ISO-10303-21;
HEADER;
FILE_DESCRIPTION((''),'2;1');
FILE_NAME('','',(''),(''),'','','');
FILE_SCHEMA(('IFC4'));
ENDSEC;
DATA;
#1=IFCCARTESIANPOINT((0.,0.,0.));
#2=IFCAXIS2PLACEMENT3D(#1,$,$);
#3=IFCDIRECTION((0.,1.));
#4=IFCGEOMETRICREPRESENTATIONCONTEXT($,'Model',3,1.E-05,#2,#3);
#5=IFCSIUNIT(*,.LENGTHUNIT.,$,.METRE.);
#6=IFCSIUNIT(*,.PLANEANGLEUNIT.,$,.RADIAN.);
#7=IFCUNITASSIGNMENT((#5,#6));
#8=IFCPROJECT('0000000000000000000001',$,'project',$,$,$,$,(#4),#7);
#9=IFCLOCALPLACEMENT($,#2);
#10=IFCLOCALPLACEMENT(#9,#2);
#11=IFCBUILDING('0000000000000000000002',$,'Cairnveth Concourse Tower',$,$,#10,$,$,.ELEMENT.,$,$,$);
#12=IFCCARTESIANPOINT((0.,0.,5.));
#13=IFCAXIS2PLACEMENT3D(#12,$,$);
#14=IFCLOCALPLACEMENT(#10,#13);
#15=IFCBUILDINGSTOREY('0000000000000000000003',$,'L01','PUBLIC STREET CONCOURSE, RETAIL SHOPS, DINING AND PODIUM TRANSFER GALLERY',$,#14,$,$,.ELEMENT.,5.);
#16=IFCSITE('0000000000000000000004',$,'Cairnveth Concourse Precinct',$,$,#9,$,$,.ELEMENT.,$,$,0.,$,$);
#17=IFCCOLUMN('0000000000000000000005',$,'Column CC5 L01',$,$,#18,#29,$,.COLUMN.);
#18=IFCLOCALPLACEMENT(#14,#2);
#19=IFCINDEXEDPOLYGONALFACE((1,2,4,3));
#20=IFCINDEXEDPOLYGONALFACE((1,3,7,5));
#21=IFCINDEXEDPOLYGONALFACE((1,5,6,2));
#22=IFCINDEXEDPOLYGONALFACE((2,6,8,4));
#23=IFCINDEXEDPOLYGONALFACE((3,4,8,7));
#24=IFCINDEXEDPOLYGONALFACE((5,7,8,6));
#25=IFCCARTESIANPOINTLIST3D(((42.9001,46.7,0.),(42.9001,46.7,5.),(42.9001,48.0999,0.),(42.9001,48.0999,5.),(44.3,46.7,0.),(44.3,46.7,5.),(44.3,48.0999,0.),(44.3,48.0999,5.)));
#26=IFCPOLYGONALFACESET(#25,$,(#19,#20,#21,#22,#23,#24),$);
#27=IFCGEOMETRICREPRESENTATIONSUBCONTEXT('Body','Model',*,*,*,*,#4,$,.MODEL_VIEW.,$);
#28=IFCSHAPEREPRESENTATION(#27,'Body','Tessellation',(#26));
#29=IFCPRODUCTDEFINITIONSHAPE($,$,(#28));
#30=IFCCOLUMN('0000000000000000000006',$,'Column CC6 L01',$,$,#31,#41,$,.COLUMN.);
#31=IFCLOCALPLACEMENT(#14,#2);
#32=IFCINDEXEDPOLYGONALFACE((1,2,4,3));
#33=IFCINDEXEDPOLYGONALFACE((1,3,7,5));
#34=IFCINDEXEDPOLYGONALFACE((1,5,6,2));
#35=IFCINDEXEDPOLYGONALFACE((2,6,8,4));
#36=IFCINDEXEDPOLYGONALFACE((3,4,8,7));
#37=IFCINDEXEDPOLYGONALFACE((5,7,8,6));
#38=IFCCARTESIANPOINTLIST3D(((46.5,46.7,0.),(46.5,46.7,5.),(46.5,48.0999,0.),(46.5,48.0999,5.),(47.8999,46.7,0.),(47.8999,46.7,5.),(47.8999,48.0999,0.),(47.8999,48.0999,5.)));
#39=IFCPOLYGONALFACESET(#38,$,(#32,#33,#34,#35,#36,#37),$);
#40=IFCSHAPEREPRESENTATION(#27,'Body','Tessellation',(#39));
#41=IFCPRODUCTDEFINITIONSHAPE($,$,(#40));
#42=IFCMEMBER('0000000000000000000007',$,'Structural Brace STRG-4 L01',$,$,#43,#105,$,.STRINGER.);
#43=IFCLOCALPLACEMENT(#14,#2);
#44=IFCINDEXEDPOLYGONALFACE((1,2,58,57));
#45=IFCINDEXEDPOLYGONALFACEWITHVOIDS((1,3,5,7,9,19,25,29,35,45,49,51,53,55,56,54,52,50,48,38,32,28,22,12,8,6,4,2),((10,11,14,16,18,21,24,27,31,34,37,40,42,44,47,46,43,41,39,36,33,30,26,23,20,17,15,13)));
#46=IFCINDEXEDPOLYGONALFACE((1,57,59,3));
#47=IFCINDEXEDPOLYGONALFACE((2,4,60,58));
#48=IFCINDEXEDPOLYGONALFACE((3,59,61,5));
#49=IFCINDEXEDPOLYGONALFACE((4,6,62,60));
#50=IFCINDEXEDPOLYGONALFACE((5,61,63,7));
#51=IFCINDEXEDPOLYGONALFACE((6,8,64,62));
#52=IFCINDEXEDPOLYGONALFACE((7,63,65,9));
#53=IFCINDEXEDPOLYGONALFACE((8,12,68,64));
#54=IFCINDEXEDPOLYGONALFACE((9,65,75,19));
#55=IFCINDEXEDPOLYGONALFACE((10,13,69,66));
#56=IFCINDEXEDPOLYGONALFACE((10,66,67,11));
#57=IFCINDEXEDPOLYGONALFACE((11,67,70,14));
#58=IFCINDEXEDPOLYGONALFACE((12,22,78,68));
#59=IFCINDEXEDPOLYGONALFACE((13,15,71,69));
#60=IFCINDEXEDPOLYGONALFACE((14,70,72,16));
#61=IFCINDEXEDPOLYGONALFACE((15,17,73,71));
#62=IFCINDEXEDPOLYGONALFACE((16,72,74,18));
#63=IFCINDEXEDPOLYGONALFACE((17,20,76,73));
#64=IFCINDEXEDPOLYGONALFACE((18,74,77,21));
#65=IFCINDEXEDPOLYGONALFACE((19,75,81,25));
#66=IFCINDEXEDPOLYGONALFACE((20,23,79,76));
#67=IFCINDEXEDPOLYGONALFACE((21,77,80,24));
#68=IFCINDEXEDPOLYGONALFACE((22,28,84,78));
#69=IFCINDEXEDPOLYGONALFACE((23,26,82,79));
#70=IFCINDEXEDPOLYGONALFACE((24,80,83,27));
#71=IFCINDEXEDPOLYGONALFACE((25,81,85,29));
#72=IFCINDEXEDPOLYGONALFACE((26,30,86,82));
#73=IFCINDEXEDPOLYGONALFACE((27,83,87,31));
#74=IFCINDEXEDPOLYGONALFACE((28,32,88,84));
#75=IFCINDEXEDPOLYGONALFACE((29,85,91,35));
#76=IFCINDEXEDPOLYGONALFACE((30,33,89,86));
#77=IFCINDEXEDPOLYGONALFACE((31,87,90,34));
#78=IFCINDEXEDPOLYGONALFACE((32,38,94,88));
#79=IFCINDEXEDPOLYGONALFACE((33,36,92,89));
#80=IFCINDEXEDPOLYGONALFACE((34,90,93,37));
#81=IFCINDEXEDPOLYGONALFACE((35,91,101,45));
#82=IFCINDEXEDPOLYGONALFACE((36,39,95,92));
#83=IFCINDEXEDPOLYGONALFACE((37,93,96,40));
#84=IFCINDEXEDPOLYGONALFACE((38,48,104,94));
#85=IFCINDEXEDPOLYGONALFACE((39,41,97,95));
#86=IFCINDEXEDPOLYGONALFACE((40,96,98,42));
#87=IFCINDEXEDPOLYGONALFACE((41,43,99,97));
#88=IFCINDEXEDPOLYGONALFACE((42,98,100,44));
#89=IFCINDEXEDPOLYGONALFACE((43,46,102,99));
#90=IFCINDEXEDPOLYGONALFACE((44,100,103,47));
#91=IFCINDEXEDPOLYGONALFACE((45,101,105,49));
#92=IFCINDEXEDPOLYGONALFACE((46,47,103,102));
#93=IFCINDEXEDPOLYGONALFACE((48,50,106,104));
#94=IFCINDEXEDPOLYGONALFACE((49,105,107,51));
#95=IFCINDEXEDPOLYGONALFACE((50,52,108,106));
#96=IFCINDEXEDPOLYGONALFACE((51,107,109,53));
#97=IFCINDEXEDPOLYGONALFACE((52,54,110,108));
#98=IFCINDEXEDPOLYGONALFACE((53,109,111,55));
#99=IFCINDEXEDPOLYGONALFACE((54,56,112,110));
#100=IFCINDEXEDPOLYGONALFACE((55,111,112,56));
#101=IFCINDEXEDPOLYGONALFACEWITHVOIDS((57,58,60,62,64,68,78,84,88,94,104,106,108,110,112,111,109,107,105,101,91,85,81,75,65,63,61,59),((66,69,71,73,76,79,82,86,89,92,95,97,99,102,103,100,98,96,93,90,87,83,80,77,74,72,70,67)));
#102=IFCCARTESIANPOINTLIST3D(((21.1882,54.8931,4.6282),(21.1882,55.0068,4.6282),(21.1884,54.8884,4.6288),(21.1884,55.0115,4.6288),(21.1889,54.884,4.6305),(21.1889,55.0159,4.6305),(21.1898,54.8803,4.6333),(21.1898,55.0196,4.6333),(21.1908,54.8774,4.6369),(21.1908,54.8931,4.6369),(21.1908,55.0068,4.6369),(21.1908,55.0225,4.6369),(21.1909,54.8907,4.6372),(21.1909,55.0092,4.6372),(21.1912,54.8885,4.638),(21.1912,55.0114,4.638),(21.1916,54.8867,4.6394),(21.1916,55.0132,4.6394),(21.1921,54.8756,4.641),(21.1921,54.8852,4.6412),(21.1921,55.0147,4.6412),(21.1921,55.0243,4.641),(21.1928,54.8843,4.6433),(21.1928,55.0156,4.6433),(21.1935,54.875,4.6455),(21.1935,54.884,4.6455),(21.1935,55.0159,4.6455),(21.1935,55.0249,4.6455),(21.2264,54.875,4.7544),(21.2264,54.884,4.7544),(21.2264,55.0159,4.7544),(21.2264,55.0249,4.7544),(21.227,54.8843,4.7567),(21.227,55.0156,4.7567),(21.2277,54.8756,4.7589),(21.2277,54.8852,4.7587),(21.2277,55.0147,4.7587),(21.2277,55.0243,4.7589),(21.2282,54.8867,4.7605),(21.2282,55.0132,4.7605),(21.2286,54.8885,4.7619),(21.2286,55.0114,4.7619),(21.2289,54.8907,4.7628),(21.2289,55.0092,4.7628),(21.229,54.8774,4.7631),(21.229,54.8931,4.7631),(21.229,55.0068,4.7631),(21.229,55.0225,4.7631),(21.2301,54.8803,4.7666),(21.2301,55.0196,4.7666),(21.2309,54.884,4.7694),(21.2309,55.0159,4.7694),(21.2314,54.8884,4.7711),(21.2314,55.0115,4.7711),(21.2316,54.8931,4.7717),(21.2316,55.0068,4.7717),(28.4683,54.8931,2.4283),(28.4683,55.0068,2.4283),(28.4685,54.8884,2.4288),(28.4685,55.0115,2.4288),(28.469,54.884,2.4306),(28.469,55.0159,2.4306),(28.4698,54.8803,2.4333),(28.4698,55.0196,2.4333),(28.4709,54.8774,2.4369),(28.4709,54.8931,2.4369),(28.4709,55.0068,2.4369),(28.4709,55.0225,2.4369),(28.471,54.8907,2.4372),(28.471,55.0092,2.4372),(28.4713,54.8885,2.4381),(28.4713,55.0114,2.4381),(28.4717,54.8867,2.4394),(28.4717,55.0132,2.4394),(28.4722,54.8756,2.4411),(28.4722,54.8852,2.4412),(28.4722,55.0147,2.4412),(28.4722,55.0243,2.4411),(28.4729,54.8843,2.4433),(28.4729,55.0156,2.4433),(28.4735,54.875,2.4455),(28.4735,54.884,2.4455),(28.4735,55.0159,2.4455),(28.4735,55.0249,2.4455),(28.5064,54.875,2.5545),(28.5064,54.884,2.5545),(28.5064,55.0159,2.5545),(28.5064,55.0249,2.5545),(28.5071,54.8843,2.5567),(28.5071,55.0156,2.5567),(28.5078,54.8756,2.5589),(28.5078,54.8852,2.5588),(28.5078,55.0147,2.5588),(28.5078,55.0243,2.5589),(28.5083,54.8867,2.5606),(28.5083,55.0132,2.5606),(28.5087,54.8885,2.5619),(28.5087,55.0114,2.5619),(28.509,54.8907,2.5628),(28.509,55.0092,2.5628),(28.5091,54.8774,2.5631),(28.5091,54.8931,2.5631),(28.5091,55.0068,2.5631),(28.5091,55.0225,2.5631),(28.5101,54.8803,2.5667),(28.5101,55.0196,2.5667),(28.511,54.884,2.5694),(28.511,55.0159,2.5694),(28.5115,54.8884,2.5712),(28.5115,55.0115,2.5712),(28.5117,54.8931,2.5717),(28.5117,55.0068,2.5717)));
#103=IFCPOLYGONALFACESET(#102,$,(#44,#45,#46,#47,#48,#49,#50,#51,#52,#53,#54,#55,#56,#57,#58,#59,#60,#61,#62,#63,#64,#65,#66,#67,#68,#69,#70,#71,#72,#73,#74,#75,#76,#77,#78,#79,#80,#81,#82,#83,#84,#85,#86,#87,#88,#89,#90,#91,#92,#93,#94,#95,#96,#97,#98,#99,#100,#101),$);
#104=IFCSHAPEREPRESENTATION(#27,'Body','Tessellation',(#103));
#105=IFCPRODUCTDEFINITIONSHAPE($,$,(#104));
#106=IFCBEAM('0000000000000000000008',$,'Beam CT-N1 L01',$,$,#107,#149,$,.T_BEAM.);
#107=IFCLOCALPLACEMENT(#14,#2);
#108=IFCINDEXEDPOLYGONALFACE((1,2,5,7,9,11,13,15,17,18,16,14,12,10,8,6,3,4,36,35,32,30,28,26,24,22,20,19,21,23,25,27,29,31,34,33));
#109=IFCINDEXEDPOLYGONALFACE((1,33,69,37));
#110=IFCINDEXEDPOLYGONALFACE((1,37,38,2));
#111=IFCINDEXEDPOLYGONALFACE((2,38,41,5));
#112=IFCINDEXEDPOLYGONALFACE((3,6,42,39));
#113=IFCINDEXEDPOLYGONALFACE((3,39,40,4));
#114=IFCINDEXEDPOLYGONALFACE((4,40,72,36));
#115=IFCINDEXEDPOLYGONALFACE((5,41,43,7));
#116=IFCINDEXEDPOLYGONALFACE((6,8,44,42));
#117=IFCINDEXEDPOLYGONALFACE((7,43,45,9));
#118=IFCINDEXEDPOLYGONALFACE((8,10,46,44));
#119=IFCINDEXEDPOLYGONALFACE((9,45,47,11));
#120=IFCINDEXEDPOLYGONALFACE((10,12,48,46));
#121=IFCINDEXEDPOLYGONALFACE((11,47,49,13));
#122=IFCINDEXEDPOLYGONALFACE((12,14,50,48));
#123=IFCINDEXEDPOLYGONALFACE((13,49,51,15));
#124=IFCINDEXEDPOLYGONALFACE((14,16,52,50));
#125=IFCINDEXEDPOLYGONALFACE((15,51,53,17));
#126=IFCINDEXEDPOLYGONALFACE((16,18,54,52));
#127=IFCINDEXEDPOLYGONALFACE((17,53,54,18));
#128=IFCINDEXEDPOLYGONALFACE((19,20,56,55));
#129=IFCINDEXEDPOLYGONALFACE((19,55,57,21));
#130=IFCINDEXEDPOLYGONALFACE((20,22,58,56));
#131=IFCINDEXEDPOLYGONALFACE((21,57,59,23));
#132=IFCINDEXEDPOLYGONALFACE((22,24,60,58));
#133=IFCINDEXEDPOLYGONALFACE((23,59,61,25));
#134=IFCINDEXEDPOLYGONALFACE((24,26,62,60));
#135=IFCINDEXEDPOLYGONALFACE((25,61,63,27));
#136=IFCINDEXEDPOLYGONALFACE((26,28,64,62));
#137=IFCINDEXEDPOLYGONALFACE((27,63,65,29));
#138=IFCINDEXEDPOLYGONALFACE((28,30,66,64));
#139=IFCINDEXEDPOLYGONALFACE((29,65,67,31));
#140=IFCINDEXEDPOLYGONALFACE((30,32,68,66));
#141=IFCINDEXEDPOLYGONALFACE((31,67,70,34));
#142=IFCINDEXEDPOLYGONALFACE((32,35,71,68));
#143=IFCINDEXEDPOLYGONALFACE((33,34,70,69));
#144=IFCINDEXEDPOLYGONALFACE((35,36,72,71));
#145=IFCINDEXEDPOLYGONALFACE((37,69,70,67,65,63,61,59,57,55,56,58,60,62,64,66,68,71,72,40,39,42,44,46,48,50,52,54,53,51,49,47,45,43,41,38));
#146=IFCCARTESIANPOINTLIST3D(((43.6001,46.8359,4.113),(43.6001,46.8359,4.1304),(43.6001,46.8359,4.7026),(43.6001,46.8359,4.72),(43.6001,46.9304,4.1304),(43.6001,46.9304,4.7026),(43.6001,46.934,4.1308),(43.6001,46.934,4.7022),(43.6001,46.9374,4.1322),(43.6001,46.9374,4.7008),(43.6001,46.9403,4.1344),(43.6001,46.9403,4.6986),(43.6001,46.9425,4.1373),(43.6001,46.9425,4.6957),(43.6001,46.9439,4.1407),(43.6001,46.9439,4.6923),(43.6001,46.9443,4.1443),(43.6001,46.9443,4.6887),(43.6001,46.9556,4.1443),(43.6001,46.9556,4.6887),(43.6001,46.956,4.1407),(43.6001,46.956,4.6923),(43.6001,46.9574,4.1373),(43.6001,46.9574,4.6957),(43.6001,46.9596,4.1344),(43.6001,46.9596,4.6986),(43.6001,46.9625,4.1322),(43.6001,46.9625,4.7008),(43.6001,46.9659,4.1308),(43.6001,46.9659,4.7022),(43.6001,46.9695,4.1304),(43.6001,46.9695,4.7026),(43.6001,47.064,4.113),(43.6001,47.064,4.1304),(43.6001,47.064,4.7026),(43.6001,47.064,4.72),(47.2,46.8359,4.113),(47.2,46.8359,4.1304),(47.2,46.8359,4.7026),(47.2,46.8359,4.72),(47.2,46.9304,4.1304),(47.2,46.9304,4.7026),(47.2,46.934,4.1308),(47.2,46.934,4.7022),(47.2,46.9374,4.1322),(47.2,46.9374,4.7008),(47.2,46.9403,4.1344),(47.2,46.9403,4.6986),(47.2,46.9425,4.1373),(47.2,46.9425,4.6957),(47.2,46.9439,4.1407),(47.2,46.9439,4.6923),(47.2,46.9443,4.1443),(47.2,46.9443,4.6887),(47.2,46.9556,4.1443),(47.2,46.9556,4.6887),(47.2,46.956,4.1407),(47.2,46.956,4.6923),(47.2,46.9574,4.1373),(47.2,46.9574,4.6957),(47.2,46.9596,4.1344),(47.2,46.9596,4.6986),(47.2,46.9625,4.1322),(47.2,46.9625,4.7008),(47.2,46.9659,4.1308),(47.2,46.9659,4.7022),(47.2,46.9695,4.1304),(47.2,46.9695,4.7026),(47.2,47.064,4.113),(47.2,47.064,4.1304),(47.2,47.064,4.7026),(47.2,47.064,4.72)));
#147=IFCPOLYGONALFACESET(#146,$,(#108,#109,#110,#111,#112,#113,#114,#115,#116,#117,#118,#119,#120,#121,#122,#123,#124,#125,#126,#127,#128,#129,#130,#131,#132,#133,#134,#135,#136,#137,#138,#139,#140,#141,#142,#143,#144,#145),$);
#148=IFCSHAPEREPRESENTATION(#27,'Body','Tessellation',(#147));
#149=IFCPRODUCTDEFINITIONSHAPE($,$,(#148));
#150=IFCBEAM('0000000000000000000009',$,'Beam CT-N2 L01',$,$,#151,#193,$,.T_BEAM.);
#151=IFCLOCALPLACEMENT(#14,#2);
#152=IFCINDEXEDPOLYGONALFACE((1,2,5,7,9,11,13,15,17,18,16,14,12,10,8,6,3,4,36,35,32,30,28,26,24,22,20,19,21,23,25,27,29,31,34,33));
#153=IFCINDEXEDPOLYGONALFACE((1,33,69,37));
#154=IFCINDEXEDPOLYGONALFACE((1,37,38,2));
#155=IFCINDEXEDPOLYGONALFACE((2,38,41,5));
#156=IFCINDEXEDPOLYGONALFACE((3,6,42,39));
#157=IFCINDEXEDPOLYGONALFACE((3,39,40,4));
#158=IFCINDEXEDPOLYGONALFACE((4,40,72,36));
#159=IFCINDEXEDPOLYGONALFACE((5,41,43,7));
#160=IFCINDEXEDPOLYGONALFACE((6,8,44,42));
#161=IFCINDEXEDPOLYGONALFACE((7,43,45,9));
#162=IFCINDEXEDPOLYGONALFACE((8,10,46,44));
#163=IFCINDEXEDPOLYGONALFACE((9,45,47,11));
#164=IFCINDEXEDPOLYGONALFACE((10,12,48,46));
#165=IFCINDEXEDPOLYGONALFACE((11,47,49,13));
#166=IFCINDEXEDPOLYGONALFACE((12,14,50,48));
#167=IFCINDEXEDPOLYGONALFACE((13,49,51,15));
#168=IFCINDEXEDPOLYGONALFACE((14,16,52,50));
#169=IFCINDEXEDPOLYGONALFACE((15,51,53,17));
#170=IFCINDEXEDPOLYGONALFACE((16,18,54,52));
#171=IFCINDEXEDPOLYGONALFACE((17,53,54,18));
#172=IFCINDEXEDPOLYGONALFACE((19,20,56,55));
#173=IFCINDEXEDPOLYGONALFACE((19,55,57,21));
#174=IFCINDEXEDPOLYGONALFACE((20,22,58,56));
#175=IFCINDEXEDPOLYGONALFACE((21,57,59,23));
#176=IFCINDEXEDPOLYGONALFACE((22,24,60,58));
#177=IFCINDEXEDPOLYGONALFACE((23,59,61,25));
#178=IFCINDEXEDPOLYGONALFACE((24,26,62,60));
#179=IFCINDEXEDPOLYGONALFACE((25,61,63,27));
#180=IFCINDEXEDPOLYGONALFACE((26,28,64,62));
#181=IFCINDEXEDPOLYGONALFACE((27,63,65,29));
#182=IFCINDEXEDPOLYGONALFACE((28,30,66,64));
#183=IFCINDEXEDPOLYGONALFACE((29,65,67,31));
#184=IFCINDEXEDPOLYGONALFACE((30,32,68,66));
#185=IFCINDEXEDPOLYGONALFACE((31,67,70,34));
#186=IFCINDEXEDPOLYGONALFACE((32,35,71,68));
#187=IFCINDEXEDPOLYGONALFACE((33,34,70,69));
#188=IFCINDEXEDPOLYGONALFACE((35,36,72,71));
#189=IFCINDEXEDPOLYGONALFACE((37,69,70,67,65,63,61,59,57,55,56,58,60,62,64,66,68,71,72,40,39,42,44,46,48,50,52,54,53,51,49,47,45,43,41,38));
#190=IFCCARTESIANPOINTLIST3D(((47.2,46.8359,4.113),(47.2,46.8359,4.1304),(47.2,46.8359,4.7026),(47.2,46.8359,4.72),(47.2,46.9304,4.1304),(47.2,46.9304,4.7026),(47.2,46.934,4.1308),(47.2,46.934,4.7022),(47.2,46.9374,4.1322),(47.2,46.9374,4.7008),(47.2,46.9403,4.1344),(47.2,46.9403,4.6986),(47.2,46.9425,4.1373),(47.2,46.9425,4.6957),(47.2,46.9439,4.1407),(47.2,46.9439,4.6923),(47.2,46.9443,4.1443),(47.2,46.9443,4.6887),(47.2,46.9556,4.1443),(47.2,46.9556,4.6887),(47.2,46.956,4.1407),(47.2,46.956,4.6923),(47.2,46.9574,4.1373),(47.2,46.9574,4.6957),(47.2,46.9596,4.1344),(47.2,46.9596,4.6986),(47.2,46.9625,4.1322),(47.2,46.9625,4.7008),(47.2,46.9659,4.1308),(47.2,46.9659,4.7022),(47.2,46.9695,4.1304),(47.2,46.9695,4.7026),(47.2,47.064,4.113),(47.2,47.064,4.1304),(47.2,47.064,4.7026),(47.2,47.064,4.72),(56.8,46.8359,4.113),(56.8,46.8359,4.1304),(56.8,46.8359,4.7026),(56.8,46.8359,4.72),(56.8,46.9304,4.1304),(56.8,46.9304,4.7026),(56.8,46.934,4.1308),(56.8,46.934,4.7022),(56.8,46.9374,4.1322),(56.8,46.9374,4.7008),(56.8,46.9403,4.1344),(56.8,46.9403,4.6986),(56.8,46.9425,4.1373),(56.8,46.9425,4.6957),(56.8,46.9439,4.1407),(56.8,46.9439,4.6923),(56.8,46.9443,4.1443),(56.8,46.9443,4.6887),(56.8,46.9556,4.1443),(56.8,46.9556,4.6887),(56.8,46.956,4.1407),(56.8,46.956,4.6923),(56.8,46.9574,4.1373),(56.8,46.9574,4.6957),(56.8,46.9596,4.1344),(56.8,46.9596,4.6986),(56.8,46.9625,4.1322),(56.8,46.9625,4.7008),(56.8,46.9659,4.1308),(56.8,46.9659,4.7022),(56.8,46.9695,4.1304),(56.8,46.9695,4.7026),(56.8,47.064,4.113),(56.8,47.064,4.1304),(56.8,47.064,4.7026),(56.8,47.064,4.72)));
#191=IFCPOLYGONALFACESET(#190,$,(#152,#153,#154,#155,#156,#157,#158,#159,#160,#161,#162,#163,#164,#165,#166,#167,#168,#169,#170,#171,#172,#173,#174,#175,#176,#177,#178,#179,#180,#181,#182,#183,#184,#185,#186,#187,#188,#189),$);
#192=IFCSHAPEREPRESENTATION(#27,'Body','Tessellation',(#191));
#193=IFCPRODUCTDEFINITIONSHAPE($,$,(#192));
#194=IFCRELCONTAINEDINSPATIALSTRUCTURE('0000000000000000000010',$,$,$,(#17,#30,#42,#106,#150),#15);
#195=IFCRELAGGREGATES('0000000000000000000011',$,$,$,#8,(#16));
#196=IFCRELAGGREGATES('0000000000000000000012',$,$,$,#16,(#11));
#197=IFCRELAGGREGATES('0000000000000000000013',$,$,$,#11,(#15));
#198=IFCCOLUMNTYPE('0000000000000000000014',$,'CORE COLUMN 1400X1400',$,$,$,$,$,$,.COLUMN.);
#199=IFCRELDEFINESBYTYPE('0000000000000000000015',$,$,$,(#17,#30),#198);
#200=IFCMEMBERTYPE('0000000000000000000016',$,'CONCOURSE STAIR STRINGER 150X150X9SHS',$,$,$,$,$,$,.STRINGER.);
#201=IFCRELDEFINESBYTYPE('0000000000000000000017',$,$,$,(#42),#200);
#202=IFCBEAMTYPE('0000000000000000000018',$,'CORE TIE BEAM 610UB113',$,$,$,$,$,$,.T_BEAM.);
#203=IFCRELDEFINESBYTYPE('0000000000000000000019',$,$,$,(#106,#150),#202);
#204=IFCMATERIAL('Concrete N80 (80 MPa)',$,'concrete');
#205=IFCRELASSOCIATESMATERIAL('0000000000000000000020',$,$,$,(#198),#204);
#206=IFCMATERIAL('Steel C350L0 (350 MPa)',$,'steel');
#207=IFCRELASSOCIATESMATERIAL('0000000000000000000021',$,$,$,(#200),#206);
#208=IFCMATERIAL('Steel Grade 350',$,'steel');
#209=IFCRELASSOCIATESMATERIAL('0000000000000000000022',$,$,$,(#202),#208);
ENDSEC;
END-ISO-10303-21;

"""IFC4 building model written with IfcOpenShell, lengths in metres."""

from ifc_helpers import new_model, si_unit, direction, frame, origin, origin_2d, place, context, subcontext, project, spatial, rectangle, hollow_rectangle, i_section, extrude, material, material_profile, profile_set, type_object, element, save


model = new_model("IFC4")

# Units and contexts
model_context = context("Model", 3, precision=1e-05, world=origin(), true_north=direction((0.0, 1.0)))
body_context = subcontext(model_context, "Body", "Model", "MODEL_VIEW")
ifc_project = project(units=[si_unit("LENGTHUNIT", "METRE"), si_unit("PLANEANGLEUNIT", "RADIAN")], contexts=[model_context])

# Site, building, storey
site_placement = place(None, origin())
site = spatial("IfcSite", under=ifc_project, at=site_placement, Name="Cairnveth Concourse Precinct", CompositionType="ELEMENT", RefElevation=0.0)
building_placement = place(site_placement, origin())
building = spatial("IfcBuilding", under=site, at=building_placement, Name="Cairnveth Concourse Tower", CompositionType="ELEMENT")
storey_placement = place(building_placement, frame((0.0, 0.0, 5.0)))
storey = spatial("IfcBuildingStorey", under=building, at=storey_placement, Name="L01", Description="PUBLIC STREET CONCOURSE, RETAIL SHOPS, DINING AND PODIUM TRANSFER GALLERY", CompositionType="ELEMENT", Elevation=5.0)

# Columns
ifc_material_1 = material(Name="Concrete N80 (80 MPa)", Category="concrete")
ifc_material_profile_1 = material_profile(ifc_material_1, rectangle(XDim=1.3999, YDim=1.3999, at=origin_2d()), Name="RC-COL-1400x1400")
ifc_profile_set_1 = profile_set([ifc_material_profile_1], Name="Concrete N80 (80 MPa)")
column_type = type_object("IfcColumnType", Name="CORE COLUMN 1400X1400", PredefinedType="COLUMN", material=ifc_profile_set_1)
for number, where, z_axis, x_axis, name in (
    (1, (43.6001, 47.3999, 0.0), (0.0, 0.0, 1.0), (1.0, 0.0, 0.0), "Column CC5 L01"),
    (2, (47.2, 47.3999, 0.0), (0.0, 0.0, 1.0), (1.0, 0.0, 0.0), "Column CC6 L01"),
):
    element("IfcColumn", number, at=place(storey_placement, frame(where, z_axis=z_axis, x_axis=x_axis)), inside=storey, type_object=column_type, Name=name, PredefinedType="COLUMN", context=body_context, shape_type="SweptSolid", body=[
        extrude(rectangle(XDim=1.3999, YDim=1.3999, at=origin_2d()), origin(), (0.0, 0.0, 1.0), 5.0),
    ])

# Member
ifc_material_2 = material(Name="Steel C350L0 (350 MPa)", Category="steel")
ifc_material_profile_2 = material_profile(ifc_material_2, hollow_rectangle(XDim=0.1499, YDim=0.1499, WallThickness=0.009, InnerFilletRadius=0.009, OuterFilletRadius=0.0181, at=origin_2d()), Name="150x150x9.0SHS")
ifc_profile_set_2 = profile_set([ifc_material_profile_2], Name="Steel C350L0 (350 MPa)")
member_type = type_object("IfcMemberType", Name="CONCOURSE STAIR STRINGER 150X150X9SHS", PredefinedType="STRINGER", material=ifc_profile_set_2)
member_placement = place(storey_placement, frame((28.49, 54.95, 2.5), z_axis=(-0.957247, 0.0, 0.28927), x_axis=(0.0, -1.0, 0.0)))
element("IfcMember", 3, at=member_placement, inside=storey, type_object=member_type, Name="Structural Brace STRG-4 L01", PredefinedType="STRINGER", context=body_context, shape_type="SweptSolid", body=[
    extrude(hollow_rectangle(XDim=0.1499, YDim=0.1499, WallThickness=0.009, InnerFilletRadius=0.009, OuterFilletRadius=0.0181, at=origin_2d()), origin(), (0.0, 0.0, 1.0), 7.6052),
])

# Beams
ifc_material_3 = material(Name="Steel Grade 350", Category="steel")
ifc_material_profile_3 = material_profile(ifc_material_3, i_section(OverallWidth=0.228, OverallDepth=0.6069, WebThickness=0.0112, FlangeThickness=0.0173, FilletRadius=0.0139, at=origin_2d()), Name="610UB113")
ifc_profile_set_3 = profile_set([ifc_material_profile_3], Name="Steel Grade 350")
beam_type_1 = type_object("IfcBeamType", Name="CORE TIE BEAM 610UB113", PredefinedType="T_BEAM", material=ifc_profile_set_3)
beam_1_placement = place(storey_placement, frame((43.6001, 46.95, 4.4165), z_axis=(1.0, 0.0, 0.0), x_axis=(0.0, 1.0, 0.0)))
element("IfcBeam", 4, at=beam_1_placement, inside=storey, type_object=beam_type_1, Name="Beam CT-N1 L01", PredefinedType="T_BEAM", context=body_context, shape_type="SweptSolid", body=[
    extrude(i_section(OverallWidth=0.228, OverallDepth=0.6069, WebThickness=0.0112, FlangeThickness=0.0173, FilletRadius=0.0139, at=origin_2d()), origin(), (0.0, 0.0, 1.0), 3.5999),
])
beam_2_placement = place(storey_placement, frame((47.2, 46.95, 4.4165), z_axis=(1.0, 0.0, 0.0), x_axis=(0.0, 1.0, 0.0)))
element("IfcBeam", 5, at=beam_2_placement, inside=storey, type_object=beam_type_1, Name="Beam CT-N2 L01", PredefinedType="T_BEAM", context=body_context, shape_type="SweptSolid", body=[
    extrude(i_section(OverallWidth=0.228, OverallDepth=0.6069, WebThickness=0.0112, FlangeThickness=0.0173, FilletRadius=0.0139, at=origin_2d()), origin(), (0.0, 0.0, 1.0), 9.6001),
])

save(model, "model.ifc")
